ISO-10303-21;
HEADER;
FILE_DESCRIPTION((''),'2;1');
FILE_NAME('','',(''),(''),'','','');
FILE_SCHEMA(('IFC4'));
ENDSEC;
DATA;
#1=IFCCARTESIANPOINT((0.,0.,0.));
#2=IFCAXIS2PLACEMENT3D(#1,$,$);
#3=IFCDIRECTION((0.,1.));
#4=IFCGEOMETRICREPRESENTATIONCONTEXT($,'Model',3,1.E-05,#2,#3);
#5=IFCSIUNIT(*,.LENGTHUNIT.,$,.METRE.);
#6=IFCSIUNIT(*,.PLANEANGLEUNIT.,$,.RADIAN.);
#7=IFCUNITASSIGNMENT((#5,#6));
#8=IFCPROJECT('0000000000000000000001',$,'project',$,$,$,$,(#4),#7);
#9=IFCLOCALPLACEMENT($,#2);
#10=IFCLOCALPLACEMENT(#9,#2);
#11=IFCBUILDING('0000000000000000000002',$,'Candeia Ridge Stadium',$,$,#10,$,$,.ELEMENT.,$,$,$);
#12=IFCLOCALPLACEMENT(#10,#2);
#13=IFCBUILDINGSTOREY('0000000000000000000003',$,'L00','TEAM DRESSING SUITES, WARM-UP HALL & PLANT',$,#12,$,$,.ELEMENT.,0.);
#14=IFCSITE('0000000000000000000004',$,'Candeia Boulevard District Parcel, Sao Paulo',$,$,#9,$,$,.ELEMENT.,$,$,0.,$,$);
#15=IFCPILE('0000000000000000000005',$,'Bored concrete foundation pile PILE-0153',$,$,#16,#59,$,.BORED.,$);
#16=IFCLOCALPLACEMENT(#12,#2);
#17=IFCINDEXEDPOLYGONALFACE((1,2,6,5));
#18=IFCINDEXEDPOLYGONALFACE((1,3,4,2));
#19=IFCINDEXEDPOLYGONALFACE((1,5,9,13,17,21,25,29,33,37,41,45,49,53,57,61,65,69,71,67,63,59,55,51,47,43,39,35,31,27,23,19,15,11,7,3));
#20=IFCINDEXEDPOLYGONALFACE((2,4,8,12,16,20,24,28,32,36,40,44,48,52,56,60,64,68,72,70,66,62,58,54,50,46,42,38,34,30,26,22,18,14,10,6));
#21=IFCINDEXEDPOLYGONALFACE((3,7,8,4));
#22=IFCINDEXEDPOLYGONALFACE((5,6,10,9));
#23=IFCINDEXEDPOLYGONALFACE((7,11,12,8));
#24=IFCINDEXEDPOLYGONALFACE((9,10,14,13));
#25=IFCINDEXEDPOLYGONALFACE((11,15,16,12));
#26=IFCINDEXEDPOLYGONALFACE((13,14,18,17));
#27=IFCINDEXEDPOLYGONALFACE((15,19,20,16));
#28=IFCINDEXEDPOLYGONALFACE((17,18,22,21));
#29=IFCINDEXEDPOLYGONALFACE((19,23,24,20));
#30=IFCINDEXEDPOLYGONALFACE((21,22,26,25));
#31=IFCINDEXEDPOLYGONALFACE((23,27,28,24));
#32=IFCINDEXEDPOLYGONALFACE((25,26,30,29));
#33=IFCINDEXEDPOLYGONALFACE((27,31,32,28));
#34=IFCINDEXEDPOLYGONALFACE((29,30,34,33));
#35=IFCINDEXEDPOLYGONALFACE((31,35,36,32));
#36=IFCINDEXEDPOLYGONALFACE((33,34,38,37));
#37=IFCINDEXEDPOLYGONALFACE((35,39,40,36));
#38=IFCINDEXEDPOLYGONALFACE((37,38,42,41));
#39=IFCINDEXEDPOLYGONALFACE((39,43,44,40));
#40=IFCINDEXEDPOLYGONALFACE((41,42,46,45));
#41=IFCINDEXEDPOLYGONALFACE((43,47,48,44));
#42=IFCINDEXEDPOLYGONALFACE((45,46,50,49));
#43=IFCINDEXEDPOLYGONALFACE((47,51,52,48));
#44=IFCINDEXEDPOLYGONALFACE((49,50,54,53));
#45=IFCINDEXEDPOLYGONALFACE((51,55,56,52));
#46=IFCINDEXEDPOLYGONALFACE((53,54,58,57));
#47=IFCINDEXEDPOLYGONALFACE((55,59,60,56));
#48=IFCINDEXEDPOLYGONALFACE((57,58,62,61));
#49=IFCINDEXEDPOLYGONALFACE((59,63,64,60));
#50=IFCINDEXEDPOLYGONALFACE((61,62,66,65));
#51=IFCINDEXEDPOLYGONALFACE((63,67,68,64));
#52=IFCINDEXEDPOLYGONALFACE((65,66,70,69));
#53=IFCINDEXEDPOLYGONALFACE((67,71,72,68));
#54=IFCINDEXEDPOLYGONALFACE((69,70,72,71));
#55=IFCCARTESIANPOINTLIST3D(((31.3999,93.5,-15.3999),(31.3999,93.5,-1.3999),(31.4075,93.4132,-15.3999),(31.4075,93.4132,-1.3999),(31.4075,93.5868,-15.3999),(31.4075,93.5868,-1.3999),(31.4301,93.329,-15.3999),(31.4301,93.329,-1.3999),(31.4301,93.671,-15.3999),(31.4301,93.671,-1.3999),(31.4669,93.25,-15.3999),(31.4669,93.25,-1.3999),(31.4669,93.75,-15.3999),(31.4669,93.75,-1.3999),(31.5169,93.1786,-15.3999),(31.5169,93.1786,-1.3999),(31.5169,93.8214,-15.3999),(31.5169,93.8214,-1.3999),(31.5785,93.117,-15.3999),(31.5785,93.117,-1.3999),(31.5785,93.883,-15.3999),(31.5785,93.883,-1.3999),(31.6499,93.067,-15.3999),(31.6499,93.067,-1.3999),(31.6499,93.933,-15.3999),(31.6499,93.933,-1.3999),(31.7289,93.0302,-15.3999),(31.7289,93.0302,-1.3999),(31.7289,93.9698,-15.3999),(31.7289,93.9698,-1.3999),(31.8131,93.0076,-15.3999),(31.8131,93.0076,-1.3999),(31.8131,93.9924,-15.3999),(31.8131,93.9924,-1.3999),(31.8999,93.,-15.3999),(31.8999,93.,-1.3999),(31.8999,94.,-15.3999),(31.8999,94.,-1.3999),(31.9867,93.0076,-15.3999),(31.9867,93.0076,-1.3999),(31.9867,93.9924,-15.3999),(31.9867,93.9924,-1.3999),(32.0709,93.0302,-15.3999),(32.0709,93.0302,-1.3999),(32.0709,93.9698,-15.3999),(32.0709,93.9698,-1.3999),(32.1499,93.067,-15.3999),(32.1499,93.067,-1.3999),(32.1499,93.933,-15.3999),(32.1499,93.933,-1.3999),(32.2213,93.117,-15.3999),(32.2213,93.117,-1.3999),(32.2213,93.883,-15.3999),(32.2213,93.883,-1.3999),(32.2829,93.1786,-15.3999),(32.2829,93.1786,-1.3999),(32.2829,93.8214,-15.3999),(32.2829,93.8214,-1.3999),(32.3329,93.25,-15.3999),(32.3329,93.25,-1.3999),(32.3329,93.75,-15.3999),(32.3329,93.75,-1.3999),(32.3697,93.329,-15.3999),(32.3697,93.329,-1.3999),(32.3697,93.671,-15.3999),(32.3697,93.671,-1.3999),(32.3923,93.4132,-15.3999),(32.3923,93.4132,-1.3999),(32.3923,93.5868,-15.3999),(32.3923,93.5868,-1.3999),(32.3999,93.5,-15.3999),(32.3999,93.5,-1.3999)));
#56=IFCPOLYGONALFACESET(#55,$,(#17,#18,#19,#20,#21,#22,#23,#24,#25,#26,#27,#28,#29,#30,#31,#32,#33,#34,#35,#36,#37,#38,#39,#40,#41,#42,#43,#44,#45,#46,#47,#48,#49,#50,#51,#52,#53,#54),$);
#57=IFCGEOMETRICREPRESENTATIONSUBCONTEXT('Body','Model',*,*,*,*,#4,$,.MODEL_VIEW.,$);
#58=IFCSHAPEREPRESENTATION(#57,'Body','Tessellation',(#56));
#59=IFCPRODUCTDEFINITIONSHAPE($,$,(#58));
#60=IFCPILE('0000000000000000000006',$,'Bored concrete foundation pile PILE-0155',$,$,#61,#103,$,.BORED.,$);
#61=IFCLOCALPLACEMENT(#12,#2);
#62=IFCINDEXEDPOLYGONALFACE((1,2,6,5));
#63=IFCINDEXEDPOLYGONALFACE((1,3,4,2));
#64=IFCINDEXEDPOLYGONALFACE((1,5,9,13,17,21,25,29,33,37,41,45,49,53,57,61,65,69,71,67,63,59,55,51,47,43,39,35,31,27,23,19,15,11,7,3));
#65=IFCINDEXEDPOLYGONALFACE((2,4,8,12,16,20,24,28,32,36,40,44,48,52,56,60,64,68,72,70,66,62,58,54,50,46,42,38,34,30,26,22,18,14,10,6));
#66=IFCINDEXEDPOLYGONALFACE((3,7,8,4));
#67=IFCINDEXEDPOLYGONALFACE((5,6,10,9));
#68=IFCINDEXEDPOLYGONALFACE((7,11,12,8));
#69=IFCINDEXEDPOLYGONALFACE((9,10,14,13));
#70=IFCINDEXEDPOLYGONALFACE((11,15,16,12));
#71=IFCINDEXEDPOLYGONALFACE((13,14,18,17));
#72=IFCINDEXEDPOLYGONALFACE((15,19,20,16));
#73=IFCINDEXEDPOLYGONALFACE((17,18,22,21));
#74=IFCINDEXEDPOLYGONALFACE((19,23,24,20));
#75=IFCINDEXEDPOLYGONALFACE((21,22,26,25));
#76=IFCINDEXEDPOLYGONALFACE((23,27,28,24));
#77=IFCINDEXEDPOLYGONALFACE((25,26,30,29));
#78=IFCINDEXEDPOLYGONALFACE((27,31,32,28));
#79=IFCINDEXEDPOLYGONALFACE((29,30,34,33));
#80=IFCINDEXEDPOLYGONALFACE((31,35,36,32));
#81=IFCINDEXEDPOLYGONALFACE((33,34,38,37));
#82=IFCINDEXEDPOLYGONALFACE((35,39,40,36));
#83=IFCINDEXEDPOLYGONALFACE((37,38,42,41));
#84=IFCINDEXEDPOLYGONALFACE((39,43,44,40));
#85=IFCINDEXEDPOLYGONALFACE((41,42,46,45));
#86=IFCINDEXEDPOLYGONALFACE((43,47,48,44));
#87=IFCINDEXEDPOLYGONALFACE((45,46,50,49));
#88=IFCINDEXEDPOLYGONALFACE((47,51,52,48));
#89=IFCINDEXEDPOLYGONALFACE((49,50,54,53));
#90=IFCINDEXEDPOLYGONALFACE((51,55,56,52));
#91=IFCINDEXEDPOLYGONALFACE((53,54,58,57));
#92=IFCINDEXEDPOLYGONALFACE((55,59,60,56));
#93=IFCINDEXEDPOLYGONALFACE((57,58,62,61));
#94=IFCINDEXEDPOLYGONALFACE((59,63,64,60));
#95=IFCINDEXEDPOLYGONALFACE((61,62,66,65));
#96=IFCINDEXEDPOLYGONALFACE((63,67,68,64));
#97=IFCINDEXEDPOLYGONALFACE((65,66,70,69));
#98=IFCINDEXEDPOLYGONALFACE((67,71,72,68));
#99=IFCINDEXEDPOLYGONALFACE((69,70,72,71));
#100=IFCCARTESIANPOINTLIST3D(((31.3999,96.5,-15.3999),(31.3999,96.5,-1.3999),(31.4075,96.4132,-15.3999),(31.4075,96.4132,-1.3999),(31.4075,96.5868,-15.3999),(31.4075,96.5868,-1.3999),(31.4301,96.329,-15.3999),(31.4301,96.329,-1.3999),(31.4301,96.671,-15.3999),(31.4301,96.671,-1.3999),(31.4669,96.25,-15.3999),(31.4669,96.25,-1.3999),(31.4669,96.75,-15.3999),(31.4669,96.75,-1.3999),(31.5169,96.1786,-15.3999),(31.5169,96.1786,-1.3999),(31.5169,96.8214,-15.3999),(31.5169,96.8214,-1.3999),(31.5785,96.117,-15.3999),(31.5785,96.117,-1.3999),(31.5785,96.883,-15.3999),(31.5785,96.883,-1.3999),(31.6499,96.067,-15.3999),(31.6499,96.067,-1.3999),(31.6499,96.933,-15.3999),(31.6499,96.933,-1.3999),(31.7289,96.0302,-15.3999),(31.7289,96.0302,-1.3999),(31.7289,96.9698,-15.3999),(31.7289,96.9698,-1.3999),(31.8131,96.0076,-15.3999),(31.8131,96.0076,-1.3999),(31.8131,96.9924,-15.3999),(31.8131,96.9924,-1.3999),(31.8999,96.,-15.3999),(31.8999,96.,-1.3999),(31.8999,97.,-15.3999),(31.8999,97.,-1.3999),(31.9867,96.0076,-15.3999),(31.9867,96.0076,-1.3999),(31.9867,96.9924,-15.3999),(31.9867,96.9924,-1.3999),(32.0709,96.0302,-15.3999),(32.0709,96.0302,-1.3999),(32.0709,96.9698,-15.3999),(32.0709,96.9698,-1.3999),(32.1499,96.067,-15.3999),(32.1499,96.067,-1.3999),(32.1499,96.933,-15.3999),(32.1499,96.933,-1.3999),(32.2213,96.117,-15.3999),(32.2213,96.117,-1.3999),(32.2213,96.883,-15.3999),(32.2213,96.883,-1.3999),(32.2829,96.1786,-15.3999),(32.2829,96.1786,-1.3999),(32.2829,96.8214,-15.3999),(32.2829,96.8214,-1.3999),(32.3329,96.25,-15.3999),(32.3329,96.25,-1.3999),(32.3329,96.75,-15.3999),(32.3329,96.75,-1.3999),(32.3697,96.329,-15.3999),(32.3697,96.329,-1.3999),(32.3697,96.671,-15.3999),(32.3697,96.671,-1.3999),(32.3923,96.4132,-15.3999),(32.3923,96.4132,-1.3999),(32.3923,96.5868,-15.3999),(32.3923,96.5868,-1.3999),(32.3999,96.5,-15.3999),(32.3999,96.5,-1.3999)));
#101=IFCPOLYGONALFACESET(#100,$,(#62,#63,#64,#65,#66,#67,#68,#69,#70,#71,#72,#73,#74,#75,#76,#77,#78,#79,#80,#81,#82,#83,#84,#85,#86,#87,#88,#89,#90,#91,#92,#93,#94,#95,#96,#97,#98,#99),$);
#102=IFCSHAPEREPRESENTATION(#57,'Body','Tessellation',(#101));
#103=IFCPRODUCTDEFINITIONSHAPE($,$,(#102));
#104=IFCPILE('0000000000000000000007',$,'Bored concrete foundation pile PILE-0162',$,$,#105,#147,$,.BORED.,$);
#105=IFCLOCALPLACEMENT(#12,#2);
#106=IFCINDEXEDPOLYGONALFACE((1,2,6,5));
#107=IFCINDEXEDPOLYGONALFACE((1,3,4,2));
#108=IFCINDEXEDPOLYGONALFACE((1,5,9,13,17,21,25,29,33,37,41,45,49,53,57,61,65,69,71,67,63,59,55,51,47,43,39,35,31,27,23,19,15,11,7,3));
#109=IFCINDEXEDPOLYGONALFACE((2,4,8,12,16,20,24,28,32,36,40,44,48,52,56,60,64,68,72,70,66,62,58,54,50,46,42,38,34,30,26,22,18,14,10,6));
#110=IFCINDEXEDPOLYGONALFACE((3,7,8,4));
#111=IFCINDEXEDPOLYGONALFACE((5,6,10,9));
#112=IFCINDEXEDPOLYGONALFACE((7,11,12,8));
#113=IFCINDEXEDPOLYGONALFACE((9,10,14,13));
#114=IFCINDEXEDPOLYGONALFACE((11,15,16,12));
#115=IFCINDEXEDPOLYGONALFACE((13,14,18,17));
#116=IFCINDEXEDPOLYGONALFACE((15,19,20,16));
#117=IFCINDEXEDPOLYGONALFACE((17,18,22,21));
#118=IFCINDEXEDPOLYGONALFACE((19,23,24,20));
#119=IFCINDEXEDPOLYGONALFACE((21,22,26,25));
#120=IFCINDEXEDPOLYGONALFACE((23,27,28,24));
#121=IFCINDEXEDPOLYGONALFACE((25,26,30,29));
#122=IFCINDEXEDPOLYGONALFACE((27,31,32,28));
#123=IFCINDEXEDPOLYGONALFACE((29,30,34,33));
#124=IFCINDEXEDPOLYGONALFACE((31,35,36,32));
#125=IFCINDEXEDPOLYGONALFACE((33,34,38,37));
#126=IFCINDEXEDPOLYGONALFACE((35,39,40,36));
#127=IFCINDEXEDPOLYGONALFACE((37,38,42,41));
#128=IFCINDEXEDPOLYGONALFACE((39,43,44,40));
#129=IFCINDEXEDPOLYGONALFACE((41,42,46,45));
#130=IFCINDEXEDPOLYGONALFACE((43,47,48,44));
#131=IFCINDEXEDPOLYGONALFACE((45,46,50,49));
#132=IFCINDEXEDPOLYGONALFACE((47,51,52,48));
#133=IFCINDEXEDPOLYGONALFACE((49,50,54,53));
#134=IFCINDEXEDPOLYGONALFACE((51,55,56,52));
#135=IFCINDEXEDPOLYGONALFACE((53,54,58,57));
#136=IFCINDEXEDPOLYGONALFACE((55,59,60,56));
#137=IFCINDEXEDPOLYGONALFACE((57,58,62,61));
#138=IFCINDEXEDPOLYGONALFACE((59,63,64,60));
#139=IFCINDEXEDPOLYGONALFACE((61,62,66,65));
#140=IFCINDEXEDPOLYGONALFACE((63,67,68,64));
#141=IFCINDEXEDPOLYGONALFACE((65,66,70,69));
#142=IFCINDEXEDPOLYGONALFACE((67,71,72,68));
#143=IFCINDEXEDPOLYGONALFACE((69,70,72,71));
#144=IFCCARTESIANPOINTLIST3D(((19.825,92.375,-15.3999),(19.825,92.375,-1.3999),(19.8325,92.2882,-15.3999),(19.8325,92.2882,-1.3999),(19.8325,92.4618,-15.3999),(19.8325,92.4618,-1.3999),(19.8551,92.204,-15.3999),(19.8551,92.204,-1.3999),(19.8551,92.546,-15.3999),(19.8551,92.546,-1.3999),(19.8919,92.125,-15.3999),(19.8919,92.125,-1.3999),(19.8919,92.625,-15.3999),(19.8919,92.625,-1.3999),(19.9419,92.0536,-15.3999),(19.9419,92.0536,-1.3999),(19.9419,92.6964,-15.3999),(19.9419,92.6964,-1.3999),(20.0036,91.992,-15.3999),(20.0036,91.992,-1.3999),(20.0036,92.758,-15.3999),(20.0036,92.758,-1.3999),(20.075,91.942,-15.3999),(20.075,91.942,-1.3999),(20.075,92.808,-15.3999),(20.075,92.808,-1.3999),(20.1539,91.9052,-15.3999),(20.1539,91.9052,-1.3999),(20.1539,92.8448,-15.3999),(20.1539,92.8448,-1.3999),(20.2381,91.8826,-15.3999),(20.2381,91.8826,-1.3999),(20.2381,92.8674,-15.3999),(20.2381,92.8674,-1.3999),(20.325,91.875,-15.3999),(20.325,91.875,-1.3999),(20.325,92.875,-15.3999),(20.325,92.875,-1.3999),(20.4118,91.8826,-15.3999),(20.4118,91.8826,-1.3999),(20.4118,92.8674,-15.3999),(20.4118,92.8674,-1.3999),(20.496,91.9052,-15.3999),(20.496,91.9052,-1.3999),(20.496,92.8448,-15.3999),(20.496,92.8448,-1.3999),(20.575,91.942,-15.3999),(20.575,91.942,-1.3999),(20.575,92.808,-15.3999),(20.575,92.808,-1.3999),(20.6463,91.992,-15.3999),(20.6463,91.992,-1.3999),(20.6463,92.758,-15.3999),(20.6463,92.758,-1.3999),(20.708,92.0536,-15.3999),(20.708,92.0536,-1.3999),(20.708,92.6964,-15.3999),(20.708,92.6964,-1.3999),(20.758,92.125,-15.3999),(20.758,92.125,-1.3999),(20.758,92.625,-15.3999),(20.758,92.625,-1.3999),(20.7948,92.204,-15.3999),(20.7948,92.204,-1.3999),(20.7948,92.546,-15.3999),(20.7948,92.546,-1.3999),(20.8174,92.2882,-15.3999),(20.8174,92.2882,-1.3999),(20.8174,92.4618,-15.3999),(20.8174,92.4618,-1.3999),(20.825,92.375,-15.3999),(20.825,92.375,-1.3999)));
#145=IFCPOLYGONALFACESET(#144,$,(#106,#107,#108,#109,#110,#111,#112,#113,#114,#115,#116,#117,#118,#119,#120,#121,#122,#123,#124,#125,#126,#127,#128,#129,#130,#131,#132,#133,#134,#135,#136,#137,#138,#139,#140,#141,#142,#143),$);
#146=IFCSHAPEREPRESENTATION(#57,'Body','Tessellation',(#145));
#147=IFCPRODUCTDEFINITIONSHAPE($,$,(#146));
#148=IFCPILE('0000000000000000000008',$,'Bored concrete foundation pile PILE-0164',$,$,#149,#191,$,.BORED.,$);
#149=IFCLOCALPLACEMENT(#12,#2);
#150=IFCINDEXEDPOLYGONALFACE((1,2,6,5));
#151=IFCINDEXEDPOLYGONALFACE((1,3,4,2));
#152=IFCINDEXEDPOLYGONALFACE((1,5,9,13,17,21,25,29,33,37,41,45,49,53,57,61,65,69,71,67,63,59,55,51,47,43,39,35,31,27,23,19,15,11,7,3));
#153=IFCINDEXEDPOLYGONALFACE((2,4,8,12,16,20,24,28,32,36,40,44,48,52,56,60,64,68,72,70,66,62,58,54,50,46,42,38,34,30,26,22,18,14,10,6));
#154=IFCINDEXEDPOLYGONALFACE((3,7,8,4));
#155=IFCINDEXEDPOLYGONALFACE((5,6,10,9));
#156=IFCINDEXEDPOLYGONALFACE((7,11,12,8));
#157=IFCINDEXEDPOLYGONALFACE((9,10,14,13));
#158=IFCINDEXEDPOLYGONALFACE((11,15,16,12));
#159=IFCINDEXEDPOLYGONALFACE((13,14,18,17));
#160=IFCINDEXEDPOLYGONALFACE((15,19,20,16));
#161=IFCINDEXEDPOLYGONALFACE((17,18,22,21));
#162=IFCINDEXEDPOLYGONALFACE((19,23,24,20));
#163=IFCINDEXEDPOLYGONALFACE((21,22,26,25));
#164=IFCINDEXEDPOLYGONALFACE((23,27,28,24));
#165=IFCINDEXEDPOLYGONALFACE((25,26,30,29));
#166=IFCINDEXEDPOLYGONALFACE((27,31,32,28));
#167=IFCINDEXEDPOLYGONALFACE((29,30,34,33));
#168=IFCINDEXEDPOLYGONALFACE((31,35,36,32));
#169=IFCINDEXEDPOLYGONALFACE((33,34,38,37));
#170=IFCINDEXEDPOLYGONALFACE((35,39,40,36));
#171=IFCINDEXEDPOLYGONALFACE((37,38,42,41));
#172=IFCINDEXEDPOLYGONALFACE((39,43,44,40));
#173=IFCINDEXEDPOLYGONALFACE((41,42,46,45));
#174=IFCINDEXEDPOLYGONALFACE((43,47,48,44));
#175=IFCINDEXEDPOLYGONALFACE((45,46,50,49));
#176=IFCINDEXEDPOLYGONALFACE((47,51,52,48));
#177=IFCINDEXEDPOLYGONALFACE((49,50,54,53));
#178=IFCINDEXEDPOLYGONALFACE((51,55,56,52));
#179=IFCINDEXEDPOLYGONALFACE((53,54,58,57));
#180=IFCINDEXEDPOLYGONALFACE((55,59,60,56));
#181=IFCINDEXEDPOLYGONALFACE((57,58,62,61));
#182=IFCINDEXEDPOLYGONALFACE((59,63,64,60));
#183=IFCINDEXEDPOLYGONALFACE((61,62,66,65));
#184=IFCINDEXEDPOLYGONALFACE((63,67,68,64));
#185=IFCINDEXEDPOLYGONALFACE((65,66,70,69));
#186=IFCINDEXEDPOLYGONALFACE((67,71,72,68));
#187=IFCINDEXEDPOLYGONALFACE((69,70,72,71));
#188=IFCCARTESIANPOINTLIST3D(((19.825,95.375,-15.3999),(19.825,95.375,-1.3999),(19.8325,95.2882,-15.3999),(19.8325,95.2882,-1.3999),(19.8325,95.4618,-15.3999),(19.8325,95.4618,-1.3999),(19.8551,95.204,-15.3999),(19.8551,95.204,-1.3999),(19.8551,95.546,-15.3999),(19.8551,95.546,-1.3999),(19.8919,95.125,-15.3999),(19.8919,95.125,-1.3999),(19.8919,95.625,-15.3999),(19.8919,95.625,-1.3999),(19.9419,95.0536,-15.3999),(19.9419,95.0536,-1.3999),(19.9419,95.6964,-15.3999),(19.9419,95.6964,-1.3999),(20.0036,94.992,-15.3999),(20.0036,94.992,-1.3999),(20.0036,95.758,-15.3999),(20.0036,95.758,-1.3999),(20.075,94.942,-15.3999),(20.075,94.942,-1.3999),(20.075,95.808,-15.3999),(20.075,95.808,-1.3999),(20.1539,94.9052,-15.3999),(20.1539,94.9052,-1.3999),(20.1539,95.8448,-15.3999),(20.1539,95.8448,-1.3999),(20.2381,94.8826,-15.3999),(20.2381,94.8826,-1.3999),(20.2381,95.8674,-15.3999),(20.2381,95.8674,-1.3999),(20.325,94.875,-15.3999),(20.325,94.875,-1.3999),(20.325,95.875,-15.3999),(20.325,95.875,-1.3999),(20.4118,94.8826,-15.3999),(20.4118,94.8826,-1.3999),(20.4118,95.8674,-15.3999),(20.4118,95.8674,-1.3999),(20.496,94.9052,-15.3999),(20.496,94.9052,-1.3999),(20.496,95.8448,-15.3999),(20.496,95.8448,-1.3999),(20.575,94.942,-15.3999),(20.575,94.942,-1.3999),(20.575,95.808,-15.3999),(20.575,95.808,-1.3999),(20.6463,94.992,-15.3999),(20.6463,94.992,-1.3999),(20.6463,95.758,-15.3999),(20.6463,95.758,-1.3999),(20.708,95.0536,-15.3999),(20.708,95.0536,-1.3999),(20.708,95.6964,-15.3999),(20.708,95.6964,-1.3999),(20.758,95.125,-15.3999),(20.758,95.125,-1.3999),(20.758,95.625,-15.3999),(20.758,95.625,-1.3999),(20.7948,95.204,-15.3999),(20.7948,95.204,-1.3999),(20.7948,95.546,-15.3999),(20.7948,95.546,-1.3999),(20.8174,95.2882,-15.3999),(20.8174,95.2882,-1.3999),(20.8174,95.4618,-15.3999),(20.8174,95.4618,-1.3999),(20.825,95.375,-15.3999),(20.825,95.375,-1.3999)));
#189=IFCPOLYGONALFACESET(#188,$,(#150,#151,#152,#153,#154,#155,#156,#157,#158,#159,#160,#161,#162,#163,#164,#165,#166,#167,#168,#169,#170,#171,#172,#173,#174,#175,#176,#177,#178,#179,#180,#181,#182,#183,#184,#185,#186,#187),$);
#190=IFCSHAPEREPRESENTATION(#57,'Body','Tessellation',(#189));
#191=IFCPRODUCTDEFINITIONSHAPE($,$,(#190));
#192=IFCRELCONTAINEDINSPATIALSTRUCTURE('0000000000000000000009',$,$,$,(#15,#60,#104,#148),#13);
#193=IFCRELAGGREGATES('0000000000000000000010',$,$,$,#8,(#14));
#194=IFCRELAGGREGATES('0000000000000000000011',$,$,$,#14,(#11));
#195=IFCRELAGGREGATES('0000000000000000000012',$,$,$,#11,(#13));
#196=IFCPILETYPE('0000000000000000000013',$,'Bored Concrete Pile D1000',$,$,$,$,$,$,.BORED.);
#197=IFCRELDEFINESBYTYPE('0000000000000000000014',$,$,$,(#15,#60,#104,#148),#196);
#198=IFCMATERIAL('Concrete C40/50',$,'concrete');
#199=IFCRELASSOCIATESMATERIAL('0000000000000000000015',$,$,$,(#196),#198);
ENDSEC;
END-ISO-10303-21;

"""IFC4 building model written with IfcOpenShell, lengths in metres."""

from ifc_helpers import new_model, si_unit, direction, frame, origin, origin_2d, place, context, subcontext, project, spatial, circle, extrude, material, material_profile, profile_set, type_object, element, save


model = new_model("IFC4")

# Units and contexts
model_context = context("Model", 3, precision=1e-05, world=origin(), true_north=direction((0.0, 1.0)))
body_context = subcontext(model_context, "Body", "Model", "MODEL_VIEW")
ifc_project = project(units=[si_unit("LENGTHUNIT", "METRE"), si_unit("PLANEANGLEUNIT", "RADIAN")], contexts=[model_context])

# Site, building, storey
site_placement = place(None, origin())
site = spatial("IfcSite", under=ifc_project, at=site_placement, Name="Candeia Boulevard District Parcel, Sao Paulo", CompositionType="ELEMENT", RefElevation=0.0)
building_placement = place(site_placement, origin())
building = spatial("IfcBuilding", under=site, at=building_placement, Name="Candeia Ridge Stadium", CompositionType="ELEMENT")
storey_placement = place(building_placement, origin())
storey = spatial("IfcBuildingStorey", under=building, at=storey_placement, Name="L00", Description="TEAM DRESSING SUITES, WARM-UP HALL & PLANT", CompositionType="ELEMENT", Elevation=0.0)

# Piles
ifc_material_1 = material(Name="Concrete C40/50", Category="concrete")
ifc_material_profile_1 = material_profile(ifc_material_1, circle(Radius=0.5, at=origin_2d()), Name="PILE-D1000", Category="concrete")
ifc_profile_set_1 = profile_set([ifc_material_profile_1], Name="Concrete C40/50")
pile_type_1 = type_object("IfcPileType", Name="Bored Concrete Pile D1000", PredefinedType="BORED", material=ifc_profile_set_1)
for number, where, z_axis, x_axis, name in (
    (1, (31.8999, 93.5, -1.3999), (0.0, 0.0, -1.0), (1.0, 0.0, 0.0), "Bored concrete foundation pile PILE-0153"),
    (2, (31.8999, 96.5, -1.3999), (0.0, 0.0, -1.0), (1.0, 0.0, 0.0), "Bored concrete foundation pile PILE-0155"),
    (3, (20.325, 92.375, -1.3999), (0.0, 0.0, -1.0), (1.0, 0.0, 0.0), "Bored concrete foundation pile PILE-0162"),
    (4, (20.325, 95.375, -1.3999), (0.0, 0.0, -1.0), (1.0, 0.0, 0.0), "Bored concrete foundation pile PILE-0164"),
):
    element("IfcPile", number, at=place(storey_placement, frame(where, z_axis=z_axis, x_axis=x_axis)), inside=storey, type_object=pile_type_1, Name=name, PredefinedType="BORED", context=body_context, shape_type="SweptSolid", body=[
        extrude(circle(Radius=0.5, at=origin_2d()), origin(), (0.0, 0.0, 1.0), 14.0),
    ])

save(model, "model.ifc")
